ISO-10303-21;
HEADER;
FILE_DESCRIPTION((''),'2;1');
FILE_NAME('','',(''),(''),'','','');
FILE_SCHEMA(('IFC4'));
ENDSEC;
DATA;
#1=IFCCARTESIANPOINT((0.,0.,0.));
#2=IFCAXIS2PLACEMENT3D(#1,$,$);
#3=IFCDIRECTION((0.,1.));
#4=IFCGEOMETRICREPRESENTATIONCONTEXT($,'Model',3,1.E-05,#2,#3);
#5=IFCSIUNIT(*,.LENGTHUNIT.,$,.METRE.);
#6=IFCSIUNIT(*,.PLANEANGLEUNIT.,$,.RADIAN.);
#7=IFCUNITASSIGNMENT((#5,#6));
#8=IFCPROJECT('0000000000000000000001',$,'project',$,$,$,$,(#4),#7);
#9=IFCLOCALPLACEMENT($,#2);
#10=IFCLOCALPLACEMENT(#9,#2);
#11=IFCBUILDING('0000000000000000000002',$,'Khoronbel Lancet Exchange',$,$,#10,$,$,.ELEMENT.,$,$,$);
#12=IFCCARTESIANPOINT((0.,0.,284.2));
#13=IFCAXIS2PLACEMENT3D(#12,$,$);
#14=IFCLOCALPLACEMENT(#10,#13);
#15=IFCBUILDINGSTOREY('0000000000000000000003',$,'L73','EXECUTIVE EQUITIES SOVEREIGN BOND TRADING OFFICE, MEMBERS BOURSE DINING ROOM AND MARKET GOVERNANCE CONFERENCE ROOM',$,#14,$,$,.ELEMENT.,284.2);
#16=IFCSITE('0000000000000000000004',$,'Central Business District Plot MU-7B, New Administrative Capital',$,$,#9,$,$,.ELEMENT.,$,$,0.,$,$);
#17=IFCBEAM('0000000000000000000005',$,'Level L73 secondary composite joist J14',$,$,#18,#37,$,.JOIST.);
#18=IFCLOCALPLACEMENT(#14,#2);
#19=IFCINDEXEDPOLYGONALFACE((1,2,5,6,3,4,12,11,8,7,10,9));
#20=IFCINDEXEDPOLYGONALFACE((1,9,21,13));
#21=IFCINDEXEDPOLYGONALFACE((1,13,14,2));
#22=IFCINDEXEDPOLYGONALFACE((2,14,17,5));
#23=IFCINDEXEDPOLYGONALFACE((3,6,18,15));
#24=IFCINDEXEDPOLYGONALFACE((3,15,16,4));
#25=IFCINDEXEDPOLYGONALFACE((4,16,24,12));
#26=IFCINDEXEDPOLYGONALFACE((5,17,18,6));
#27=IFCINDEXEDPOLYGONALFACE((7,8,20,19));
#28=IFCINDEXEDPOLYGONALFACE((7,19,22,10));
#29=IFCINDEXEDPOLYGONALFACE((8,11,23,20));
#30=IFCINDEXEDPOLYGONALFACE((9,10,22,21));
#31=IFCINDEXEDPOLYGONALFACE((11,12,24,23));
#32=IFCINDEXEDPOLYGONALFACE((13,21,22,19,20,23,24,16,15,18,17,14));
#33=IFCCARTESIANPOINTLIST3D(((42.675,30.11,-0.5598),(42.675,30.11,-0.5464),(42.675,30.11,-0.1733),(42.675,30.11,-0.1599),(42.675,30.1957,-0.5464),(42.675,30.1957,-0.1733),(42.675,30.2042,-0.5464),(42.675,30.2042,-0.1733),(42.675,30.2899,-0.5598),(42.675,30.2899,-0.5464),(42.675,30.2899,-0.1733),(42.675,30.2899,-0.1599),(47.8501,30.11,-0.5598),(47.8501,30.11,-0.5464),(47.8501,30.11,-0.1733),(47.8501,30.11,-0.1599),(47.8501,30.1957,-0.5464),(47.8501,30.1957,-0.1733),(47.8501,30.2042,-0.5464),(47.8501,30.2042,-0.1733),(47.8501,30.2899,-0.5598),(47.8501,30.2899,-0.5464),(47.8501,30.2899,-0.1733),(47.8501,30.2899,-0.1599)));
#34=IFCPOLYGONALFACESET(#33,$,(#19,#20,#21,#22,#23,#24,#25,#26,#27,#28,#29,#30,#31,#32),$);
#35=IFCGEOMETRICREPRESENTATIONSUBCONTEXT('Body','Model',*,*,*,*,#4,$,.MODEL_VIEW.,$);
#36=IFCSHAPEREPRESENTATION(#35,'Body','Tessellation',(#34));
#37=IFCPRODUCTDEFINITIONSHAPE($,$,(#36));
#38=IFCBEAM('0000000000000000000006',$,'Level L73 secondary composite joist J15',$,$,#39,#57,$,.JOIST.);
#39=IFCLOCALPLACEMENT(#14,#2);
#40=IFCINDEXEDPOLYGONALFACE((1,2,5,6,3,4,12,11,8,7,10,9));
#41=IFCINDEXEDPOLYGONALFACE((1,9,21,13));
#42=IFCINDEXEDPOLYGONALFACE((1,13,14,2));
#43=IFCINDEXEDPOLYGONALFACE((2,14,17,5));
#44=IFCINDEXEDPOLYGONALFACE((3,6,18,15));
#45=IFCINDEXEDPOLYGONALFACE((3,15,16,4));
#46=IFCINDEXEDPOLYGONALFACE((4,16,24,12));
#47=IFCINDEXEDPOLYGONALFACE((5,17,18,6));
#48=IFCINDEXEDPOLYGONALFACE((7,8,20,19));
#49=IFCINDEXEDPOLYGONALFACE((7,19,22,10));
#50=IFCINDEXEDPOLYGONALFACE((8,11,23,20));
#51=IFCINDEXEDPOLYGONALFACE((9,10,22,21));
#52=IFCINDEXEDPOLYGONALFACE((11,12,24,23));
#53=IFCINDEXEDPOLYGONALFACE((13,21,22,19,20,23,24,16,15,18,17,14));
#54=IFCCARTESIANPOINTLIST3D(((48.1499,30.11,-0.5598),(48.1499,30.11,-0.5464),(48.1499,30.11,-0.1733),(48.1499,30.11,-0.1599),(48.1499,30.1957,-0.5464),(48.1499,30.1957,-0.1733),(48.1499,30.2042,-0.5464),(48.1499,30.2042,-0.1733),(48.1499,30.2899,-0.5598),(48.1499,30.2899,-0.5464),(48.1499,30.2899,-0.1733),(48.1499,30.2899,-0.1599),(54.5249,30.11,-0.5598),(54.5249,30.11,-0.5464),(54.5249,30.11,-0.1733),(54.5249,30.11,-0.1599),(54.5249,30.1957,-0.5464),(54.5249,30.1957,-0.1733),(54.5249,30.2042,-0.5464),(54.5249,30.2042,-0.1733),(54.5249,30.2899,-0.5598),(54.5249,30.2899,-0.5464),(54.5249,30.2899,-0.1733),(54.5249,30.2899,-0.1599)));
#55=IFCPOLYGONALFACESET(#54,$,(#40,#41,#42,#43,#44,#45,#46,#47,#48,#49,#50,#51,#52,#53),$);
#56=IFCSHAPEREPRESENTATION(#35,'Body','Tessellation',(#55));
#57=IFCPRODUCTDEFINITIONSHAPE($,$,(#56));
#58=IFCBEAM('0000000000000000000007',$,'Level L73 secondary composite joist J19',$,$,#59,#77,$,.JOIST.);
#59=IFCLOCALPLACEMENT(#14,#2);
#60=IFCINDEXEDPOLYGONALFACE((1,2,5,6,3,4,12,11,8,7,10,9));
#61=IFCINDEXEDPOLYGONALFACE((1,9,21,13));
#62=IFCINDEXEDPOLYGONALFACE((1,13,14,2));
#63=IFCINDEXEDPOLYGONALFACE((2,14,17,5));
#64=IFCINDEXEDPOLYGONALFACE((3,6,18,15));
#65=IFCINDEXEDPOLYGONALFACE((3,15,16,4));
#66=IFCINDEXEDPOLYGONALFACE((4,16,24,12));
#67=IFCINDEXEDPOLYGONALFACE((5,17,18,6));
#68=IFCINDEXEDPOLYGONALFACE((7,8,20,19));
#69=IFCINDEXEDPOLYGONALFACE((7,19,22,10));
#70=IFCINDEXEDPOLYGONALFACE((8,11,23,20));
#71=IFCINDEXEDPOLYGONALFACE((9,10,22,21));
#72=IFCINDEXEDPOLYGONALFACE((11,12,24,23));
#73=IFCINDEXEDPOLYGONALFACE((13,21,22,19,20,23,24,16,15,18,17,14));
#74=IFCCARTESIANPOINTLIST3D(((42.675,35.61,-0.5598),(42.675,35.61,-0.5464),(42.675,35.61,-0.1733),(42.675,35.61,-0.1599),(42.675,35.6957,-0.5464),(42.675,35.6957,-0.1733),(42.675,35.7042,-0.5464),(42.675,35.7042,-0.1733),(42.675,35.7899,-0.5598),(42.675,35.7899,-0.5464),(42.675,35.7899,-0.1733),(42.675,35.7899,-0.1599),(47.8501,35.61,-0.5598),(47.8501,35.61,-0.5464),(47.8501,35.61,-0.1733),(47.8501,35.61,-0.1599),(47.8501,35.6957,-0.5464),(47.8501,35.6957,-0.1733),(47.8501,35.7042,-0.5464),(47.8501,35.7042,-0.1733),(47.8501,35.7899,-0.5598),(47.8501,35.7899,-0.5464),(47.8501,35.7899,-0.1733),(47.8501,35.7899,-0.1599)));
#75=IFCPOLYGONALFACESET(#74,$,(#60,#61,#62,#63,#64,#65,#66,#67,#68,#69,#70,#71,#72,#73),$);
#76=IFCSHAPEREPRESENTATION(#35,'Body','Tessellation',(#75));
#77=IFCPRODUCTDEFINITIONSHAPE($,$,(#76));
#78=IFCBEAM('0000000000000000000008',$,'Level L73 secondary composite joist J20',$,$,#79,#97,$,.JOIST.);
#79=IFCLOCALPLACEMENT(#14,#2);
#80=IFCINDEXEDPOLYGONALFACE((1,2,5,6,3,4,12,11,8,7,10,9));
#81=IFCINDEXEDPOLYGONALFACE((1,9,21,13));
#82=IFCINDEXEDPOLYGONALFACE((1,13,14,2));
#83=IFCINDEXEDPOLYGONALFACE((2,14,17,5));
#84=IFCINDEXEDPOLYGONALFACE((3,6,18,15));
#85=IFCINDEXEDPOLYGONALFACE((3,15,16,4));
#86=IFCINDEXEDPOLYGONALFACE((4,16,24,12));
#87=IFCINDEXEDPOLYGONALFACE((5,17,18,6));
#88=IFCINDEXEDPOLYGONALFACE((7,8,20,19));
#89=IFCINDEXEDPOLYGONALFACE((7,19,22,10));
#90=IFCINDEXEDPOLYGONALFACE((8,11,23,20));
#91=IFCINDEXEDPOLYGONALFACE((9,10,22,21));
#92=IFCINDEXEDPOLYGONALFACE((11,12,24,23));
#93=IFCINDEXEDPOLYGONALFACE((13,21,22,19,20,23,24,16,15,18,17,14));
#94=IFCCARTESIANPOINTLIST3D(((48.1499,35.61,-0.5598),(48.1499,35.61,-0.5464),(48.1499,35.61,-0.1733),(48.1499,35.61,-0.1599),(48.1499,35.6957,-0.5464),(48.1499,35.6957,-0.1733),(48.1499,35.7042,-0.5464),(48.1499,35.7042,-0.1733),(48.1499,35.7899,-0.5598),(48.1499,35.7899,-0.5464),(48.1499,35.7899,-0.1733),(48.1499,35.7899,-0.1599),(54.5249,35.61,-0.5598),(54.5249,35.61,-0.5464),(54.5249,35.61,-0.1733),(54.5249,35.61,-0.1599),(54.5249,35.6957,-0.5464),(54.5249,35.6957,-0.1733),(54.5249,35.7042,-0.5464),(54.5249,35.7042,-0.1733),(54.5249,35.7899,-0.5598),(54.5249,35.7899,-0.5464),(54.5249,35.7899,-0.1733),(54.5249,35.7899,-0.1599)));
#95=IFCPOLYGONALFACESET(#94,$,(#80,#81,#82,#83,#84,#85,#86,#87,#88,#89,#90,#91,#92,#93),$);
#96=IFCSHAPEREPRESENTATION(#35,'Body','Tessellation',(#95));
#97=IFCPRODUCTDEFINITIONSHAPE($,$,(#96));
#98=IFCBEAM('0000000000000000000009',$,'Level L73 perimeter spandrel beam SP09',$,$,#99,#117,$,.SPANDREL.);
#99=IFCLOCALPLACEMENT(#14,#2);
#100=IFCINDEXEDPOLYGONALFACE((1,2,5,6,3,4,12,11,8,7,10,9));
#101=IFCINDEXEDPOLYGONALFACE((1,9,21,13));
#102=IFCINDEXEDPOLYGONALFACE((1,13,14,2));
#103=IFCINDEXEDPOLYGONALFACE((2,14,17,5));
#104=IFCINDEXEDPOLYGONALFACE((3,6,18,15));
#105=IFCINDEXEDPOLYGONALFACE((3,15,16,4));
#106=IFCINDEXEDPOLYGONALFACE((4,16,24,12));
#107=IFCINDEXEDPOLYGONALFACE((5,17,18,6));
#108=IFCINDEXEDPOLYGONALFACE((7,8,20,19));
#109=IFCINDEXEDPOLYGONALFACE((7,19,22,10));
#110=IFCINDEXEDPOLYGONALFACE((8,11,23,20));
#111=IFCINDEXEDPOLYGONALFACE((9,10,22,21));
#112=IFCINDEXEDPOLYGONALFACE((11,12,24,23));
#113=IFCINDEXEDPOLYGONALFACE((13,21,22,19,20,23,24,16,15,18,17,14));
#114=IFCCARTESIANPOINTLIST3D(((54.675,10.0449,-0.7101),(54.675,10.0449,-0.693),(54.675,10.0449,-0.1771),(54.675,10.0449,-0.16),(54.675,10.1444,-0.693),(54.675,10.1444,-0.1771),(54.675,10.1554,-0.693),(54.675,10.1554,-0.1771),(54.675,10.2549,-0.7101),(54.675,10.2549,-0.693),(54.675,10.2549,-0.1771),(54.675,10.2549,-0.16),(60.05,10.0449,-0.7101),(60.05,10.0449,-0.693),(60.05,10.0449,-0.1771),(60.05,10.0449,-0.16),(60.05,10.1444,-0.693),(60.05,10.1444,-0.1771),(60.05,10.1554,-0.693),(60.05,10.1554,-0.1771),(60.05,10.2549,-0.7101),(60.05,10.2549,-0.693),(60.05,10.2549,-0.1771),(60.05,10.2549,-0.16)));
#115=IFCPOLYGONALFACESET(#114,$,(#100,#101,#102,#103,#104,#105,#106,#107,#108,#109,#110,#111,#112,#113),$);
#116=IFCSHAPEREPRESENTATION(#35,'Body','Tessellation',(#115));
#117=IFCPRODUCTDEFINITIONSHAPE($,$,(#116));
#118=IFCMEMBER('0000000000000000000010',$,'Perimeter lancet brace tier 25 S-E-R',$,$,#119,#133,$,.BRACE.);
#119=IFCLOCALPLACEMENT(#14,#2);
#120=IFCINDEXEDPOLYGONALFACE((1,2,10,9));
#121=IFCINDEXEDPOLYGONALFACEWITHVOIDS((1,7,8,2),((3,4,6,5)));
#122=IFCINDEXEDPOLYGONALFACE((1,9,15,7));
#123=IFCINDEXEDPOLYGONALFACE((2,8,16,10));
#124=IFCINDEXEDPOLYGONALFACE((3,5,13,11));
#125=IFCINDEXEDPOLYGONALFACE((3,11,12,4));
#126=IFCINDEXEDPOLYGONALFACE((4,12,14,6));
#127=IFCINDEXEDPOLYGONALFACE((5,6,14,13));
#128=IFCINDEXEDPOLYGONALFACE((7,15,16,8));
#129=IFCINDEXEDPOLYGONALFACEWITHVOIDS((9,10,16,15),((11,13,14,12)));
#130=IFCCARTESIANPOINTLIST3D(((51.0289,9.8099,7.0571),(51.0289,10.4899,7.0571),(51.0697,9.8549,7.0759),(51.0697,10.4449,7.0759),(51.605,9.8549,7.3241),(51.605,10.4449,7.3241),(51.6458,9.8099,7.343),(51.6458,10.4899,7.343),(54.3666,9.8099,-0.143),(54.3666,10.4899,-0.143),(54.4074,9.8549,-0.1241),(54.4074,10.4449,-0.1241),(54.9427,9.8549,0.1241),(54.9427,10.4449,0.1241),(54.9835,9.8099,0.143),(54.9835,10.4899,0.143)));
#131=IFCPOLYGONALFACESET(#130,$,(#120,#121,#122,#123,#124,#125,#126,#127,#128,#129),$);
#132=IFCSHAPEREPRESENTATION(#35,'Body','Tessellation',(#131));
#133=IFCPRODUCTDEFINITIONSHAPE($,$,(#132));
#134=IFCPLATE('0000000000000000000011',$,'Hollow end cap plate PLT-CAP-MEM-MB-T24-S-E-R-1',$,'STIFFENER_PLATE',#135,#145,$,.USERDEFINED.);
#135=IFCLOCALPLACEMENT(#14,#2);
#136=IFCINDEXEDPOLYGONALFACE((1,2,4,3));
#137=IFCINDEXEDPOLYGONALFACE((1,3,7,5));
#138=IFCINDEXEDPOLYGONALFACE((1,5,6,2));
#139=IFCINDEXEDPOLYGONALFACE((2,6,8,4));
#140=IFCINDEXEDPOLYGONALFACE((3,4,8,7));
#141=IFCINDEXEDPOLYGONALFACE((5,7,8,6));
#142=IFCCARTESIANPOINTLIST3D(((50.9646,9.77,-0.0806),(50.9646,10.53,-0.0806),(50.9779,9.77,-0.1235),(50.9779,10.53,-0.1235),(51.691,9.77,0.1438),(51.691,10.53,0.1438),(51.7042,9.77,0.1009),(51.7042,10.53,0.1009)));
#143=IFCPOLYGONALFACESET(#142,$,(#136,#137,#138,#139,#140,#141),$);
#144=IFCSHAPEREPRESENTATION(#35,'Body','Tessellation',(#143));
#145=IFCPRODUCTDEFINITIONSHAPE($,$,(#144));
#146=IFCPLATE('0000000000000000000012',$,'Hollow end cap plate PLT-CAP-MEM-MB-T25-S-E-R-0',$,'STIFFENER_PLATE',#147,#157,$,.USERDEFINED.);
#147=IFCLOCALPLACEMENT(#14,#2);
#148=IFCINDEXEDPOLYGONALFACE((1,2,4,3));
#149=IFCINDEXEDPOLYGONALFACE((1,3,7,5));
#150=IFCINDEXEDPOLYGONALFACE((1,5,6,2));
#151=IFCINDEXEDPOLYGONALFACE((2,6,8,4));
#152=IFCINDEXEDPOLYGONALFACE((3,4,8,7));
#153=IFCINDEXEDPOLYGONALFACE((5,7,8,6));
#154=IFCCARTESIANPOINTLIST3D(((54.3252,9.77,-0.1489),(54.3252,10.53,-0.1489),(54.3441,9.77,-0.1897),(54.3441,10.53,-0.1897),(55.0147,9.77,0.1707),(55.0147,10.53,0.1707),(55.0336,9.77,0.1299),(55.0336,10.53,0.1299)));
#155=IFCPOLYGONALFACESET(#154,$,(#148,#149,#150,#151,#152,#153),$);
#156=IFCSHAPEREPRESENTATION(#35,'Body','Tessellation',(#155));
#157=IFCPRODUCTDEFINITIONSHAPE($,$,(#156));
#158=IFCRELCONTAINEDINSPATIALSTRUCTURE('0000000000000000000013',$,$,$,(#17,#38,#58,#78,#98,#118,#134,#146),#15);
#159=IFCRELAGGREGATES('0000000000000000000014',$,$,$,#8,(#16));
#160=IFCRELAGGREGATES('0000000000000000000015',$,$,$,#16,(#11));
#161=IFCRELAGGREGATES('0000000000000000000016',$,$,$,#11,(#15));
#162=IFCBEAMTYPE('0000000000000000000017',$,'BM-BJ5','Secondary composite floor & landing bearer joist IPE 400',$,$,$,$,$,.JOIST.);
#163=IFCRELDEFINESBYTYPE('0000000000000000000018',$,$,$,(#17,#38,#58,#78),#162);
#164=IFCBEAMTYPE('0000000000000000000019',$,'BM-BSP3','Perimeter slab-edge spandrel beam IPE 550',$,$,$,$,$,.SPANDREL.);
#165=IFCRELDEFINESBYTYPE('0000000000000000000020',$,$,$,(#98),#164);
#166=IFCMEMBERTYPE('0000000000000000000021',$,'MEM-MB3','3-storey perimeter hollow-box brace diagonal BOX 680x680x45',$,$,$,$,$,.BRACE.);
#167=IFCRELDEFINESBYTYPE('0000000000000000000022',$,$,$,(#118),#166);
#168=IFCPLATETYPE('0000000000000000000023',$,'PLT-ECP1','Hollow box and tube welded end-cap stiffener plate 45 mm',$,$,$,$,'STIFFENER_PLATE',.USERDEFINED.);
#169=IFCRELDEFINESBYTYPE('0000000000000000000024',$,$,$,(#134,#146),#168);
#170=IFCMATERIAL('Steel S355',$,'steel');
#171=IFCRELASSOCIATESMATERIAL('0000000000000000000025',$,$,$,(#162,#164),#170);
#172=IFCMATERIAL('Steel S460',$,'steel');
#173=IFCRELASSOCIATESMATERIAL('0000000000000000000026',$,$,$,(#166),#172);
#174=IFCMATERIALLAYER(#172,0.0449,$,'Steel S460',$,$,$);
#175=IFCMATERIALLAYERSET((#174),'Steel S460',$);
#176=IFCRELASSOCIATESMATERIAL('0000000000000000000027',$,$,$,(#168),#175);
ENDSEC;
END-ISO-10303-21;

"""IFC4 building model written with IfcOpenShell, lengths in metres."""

from ifc_helpers import new_model, si_unit, direction, frame, origin, origin_2d, place, context, subcontext, project, spatial, polyline, hollow_rectangle, i_section, outline, extrude, material, layer, layer_set, material_profile, profile_set, type_object, element, save


model = new_model("IFC4")

# Units and contexts
model_context = context("Model", 3, precision=1e-05, world=origin(), true_north=direction((0.0, 1.0)))
body_context = subcontext(model_context, "Body", "Model", "MODEL_VIEW")
ifc_project = project(units=[si_unit("LENGTHUNIT", "METRE"), si_unit("PLANEANGLEUNIT", "RADIAN")], contexts=[model_context])

# Site, building, storey
site_placement = place(None, origin())
site = spatial("IfcSite", under=ifc_project, at=site_placement, Name="Central Business District Plot MU-7B, New Administrative Capital", CompositionType="ELEMENT", RefElevation=0.0)
building_placement = place(site_placement, origin())
building = spatial("IfcBuilding", under=site, at=building_placement, Name="Khoronbel Lancet Exchange", CompositionType="ELEMENT")
storey_placement = place(building_placement, frame((0.0, 0.0, 284.2)))
storey = spatial("IfcBuildingStorey", under=building, at=storey_placement, Name="L73", Description="EXECUTIVE EQUITIES SOVEREIGN BOND TRADING OFFICE, MEMBERS BOURSE DINING ROOM AND MARKET GOVERNANCE CONFERENCE ROOM", CompositionType="ELEMENT", Elevation=284.2)

# Shared definitions
ifc_material_1 = material(Name="Steel S460", Category="steel")
ifc_material_2 = material(Name="Steel S355", Category="steel")

# Beams
ifc_material_profile_1 = material_profile(ifc_material_2, i_section(OverallWidth=0.1799, OverallDepth=0.3999, WebThickness=0.0085, FlangeThickness=0.0134, at=origin_2d()), Name="IPE 400")
ifc_profile_set_1 = profile_set([ifc_material_profile_1], Name="Steel S355")
beam_type_1 = type_object("IfcBeamType", Name="BM-BJ5", Description="Secondary composite floor & landing bearer joist IPE 400", PredefinedType="JOIST", material=ifc_profile_set_1)
beam_1_placement = place(storey_placement, frame((42.675, 30.2, -0.3599), z_axis=(1.0, 0.0, 0.0), x_axis=(0.0, 1.0, 0.0)))
element("IfcBeam", 1, at=beam_1_placement, inside=storey, type_object=beam_type_1, Name="Level L73 secondary composite joist J14", PredefinedType="JOIST", context=body_context, shape_type="SweptSolid", body=[
    extrude(i_section(OverallWidth=0.1799, OverallDepth=0.3999, WebThickness=0.0085, FlangeThickness=0.0134, at=origin_2d()), origin(), (0.0, 0.0, 1.0), 5.175),
])
beam_2_placement = place(storey_placement, frame((48.1499, 30.2, -0.3599), z_axis=(1.0, 0.0, 0.0), x_axis=(0.0, 1.0, 0.0)))
element("IfcBeam", 2, at=beam_2_placement, inside=storey, type_object=beam_type_1, Name="Level L73 secondary composite joist J15", PredefinedType="JOIST", context=body_context, shape_type="SweptSolid", body=[
    extrude(i_section(OverallWidth=0.1799, OverallDepth=0.3999, WebThickness=0.0085, FlangeThickness=0.0134, at=origin_2d()), origin(), (0.0, 0.0, 1.0), 6.375),
])
beam_3_placement = place(storey_placement, frame((42.675, 35.7, -0.3599), z_axis=(1.0, 0.0, 0.0), x_axis=(0.0, 1.0, 0.0)))
element("IfcBeam", 3, at=beam_3_placement, inside=storey, type_object=beam_type_1, Name="Level L73 secondary composite joist J19", PredefinedType="JOIST", context=body_context, shape_type="SweptSolid", body=[
    extrude(i_section(OverallWidth=0.1799, OverallDepth=0.3999, WebThickness=0.0085, FlangeThickness=0.0134, at=origin_2d()), origin(), (0.0, 0.0, 1.0), 5.175),
])
beam_4_placement = place(storey_placement, frame((48.1499, 35.7, -0.3599), z_axis=(1.0, 0.0, 0.0), x_axis=(0.0, 1.0, 0.0)))
element("IfcBeam", 4, at=beam_4_placement, inside=storey, type_object=beam_type_1, Name="Level L73 secondary composite joist J20", PredefinedType="JOIST", context=body_context, shape_type="SweptSolid", body=[
    extrude(i_section(OverallWidth=0.1799, OverallDepth=0.3999, WebThickness=0.0085, FlangeThickness=0.0134, at=origin_2d()), origin(), (0.0, 0.0, 1.0), 6.375),
])
ifc_material_profile_2 = material_profile(ifc_material_2, i_section(OverallWidth=0.21, OverallDepth=0.55, WebThickness=0.011, FlangeThickness=0.0171, at=origin_2d()), Name="IPE 550")
ifc_profile_set_2 = profile_set([ifc_material_profile_2], Name="Steel S355")
beam_type_2 = type_object("IfcBeamType", Name="BM-BSP3", Description="Perimeter slab-edge spandrel beam IPE 550", PredefinedType="SPANDREL", material=ifc_profile_set_2)
beam_5_placement = place(storey_placement, frame((54.675, 10.1499, -0.4351), z_axis=(1.0, 0.0, 0.0), x_axis=(0.0, 1.0, 0.0)))
element("IfcBeam", 5, at=beam_5_placement, inside=storey, type_object=beam_type_2, Name="Level L73 perimeter spandrel beam SP09", PredefinedType="SPANDREL", context=body_context, shape_type="SweptSolid", body=[
    extrude(i_section(OverallWidth=0.21, OverallDepth=0.55, WebThickness=0.011, FlangeThickness=0.0171, at=origin_2d()), origin(), (0.0, 0.0, 1.0), 5.375),
])

# Member
ifc_material_profile_3 = material_profile(ifc_material_1, hollow_rectangle(XDim=0.6799, YDim=0.6799, WallThickness=0.0449, at=origin_2d()), Name="BOX 680x680x45")
ifc_profile_set_3 = profile_set([ifc_material_profile_3], Name="Steel S460")
member_type = type_object("IfcMemberType", Name="MEM-MB3", Description="3-storey perimeter hollow-box brace diagonal BOX 680x680x45", PredefinedType="BRACE", material=ifc_profile_set_3)
member_placement = place(storey_placement, frame((54.675, 10.1499, 0.0), z_axis=(-0.420573, 0.0, 0.907259), x_axis=(0.0, -1.0, 0.0)))
element("IfcMember", 6, at=member_placement, inside=storey, type_object=member_type, Name="Perimeter lancet brace tier 25 S-E-R", PredefinedType="BRACE", context=body_context, shape_type="SweptSolid", body=[
    extrude(hollow_rectangle(XDim=0.6799, YDim=0.6799, WallThickness=0.0449, at=origin_2d()), origin(), (0.0, 0.0, 1.0), 7.936),
])

# Plates
ifc_layer_1 = layer(ifc_material_1, 0.0449, Name="Steel S460")
ifc_layer_set_1 = layer_set([ifc_layer_1], Name="Steel S460")
plate_type = type_object("IfcPlateType", Name="PLT-ECP1", Description="Hollow box and tube welded end-cap stiffener plate 45 mm", ElementType="STIFFENER_PLATE", PredefinedType="USERDEFINED", material=ifc_layer_set_1)
plate_1_placement = place(storey_placement, frame((50.9646, 10.53, -0.0806), z_axis=(-0.295146, 0.0, 0.955452), x_axis=(0.0, -1.0, 0.0)))
element("IfcPlate", 7, at=plate_1_placement, inside=storey, type_object=plate_type, Name="Hollow end cap plate PLT-CAP-MEM-MB-T24-S-E-R-1", ObjectType="STIFFENER_PLATE", PredefinedType="USERDEFINED", context=body_context, shape_type="SweptSolid", body=[
    extrude(outline(polyline([(0.0, 0.0), (0.76, 0.0), (0.76, 0.7603), (0.0, 0.7603), (0.0, 0.0)])), origin(), (0.0, 0.0, -1.0), 0.0449),
])
plate_2_placement = place(storey_placement, frame((54.3252, 10.53, -0.1489), z_axis=(-0.420545, 0.0, 0.907272), x_axis=(0.0, -1.0, 0.0)))
element("IfcPlate", 8, at=plate_2_placement, inside=storey, type_object=plate_type, Name="Hollow end cap plate PLT-CAP-MEM-MB-T25-S-E-R-0", ObjectType="STIFFENER_PLATE", PredefinedType="USERDEFINED", context=body_context, shape_type="SweptSolid", body=[
    extrude(outline(polyline([(0.0, 0.0), (0.76, 0.0), (0.76, 0.76), (0.0, 0.76), (0.0, 0.0)])), origin(), (0.0, 0.0, -1.0), 0.0449),
])

save(model, "model.ifc")
